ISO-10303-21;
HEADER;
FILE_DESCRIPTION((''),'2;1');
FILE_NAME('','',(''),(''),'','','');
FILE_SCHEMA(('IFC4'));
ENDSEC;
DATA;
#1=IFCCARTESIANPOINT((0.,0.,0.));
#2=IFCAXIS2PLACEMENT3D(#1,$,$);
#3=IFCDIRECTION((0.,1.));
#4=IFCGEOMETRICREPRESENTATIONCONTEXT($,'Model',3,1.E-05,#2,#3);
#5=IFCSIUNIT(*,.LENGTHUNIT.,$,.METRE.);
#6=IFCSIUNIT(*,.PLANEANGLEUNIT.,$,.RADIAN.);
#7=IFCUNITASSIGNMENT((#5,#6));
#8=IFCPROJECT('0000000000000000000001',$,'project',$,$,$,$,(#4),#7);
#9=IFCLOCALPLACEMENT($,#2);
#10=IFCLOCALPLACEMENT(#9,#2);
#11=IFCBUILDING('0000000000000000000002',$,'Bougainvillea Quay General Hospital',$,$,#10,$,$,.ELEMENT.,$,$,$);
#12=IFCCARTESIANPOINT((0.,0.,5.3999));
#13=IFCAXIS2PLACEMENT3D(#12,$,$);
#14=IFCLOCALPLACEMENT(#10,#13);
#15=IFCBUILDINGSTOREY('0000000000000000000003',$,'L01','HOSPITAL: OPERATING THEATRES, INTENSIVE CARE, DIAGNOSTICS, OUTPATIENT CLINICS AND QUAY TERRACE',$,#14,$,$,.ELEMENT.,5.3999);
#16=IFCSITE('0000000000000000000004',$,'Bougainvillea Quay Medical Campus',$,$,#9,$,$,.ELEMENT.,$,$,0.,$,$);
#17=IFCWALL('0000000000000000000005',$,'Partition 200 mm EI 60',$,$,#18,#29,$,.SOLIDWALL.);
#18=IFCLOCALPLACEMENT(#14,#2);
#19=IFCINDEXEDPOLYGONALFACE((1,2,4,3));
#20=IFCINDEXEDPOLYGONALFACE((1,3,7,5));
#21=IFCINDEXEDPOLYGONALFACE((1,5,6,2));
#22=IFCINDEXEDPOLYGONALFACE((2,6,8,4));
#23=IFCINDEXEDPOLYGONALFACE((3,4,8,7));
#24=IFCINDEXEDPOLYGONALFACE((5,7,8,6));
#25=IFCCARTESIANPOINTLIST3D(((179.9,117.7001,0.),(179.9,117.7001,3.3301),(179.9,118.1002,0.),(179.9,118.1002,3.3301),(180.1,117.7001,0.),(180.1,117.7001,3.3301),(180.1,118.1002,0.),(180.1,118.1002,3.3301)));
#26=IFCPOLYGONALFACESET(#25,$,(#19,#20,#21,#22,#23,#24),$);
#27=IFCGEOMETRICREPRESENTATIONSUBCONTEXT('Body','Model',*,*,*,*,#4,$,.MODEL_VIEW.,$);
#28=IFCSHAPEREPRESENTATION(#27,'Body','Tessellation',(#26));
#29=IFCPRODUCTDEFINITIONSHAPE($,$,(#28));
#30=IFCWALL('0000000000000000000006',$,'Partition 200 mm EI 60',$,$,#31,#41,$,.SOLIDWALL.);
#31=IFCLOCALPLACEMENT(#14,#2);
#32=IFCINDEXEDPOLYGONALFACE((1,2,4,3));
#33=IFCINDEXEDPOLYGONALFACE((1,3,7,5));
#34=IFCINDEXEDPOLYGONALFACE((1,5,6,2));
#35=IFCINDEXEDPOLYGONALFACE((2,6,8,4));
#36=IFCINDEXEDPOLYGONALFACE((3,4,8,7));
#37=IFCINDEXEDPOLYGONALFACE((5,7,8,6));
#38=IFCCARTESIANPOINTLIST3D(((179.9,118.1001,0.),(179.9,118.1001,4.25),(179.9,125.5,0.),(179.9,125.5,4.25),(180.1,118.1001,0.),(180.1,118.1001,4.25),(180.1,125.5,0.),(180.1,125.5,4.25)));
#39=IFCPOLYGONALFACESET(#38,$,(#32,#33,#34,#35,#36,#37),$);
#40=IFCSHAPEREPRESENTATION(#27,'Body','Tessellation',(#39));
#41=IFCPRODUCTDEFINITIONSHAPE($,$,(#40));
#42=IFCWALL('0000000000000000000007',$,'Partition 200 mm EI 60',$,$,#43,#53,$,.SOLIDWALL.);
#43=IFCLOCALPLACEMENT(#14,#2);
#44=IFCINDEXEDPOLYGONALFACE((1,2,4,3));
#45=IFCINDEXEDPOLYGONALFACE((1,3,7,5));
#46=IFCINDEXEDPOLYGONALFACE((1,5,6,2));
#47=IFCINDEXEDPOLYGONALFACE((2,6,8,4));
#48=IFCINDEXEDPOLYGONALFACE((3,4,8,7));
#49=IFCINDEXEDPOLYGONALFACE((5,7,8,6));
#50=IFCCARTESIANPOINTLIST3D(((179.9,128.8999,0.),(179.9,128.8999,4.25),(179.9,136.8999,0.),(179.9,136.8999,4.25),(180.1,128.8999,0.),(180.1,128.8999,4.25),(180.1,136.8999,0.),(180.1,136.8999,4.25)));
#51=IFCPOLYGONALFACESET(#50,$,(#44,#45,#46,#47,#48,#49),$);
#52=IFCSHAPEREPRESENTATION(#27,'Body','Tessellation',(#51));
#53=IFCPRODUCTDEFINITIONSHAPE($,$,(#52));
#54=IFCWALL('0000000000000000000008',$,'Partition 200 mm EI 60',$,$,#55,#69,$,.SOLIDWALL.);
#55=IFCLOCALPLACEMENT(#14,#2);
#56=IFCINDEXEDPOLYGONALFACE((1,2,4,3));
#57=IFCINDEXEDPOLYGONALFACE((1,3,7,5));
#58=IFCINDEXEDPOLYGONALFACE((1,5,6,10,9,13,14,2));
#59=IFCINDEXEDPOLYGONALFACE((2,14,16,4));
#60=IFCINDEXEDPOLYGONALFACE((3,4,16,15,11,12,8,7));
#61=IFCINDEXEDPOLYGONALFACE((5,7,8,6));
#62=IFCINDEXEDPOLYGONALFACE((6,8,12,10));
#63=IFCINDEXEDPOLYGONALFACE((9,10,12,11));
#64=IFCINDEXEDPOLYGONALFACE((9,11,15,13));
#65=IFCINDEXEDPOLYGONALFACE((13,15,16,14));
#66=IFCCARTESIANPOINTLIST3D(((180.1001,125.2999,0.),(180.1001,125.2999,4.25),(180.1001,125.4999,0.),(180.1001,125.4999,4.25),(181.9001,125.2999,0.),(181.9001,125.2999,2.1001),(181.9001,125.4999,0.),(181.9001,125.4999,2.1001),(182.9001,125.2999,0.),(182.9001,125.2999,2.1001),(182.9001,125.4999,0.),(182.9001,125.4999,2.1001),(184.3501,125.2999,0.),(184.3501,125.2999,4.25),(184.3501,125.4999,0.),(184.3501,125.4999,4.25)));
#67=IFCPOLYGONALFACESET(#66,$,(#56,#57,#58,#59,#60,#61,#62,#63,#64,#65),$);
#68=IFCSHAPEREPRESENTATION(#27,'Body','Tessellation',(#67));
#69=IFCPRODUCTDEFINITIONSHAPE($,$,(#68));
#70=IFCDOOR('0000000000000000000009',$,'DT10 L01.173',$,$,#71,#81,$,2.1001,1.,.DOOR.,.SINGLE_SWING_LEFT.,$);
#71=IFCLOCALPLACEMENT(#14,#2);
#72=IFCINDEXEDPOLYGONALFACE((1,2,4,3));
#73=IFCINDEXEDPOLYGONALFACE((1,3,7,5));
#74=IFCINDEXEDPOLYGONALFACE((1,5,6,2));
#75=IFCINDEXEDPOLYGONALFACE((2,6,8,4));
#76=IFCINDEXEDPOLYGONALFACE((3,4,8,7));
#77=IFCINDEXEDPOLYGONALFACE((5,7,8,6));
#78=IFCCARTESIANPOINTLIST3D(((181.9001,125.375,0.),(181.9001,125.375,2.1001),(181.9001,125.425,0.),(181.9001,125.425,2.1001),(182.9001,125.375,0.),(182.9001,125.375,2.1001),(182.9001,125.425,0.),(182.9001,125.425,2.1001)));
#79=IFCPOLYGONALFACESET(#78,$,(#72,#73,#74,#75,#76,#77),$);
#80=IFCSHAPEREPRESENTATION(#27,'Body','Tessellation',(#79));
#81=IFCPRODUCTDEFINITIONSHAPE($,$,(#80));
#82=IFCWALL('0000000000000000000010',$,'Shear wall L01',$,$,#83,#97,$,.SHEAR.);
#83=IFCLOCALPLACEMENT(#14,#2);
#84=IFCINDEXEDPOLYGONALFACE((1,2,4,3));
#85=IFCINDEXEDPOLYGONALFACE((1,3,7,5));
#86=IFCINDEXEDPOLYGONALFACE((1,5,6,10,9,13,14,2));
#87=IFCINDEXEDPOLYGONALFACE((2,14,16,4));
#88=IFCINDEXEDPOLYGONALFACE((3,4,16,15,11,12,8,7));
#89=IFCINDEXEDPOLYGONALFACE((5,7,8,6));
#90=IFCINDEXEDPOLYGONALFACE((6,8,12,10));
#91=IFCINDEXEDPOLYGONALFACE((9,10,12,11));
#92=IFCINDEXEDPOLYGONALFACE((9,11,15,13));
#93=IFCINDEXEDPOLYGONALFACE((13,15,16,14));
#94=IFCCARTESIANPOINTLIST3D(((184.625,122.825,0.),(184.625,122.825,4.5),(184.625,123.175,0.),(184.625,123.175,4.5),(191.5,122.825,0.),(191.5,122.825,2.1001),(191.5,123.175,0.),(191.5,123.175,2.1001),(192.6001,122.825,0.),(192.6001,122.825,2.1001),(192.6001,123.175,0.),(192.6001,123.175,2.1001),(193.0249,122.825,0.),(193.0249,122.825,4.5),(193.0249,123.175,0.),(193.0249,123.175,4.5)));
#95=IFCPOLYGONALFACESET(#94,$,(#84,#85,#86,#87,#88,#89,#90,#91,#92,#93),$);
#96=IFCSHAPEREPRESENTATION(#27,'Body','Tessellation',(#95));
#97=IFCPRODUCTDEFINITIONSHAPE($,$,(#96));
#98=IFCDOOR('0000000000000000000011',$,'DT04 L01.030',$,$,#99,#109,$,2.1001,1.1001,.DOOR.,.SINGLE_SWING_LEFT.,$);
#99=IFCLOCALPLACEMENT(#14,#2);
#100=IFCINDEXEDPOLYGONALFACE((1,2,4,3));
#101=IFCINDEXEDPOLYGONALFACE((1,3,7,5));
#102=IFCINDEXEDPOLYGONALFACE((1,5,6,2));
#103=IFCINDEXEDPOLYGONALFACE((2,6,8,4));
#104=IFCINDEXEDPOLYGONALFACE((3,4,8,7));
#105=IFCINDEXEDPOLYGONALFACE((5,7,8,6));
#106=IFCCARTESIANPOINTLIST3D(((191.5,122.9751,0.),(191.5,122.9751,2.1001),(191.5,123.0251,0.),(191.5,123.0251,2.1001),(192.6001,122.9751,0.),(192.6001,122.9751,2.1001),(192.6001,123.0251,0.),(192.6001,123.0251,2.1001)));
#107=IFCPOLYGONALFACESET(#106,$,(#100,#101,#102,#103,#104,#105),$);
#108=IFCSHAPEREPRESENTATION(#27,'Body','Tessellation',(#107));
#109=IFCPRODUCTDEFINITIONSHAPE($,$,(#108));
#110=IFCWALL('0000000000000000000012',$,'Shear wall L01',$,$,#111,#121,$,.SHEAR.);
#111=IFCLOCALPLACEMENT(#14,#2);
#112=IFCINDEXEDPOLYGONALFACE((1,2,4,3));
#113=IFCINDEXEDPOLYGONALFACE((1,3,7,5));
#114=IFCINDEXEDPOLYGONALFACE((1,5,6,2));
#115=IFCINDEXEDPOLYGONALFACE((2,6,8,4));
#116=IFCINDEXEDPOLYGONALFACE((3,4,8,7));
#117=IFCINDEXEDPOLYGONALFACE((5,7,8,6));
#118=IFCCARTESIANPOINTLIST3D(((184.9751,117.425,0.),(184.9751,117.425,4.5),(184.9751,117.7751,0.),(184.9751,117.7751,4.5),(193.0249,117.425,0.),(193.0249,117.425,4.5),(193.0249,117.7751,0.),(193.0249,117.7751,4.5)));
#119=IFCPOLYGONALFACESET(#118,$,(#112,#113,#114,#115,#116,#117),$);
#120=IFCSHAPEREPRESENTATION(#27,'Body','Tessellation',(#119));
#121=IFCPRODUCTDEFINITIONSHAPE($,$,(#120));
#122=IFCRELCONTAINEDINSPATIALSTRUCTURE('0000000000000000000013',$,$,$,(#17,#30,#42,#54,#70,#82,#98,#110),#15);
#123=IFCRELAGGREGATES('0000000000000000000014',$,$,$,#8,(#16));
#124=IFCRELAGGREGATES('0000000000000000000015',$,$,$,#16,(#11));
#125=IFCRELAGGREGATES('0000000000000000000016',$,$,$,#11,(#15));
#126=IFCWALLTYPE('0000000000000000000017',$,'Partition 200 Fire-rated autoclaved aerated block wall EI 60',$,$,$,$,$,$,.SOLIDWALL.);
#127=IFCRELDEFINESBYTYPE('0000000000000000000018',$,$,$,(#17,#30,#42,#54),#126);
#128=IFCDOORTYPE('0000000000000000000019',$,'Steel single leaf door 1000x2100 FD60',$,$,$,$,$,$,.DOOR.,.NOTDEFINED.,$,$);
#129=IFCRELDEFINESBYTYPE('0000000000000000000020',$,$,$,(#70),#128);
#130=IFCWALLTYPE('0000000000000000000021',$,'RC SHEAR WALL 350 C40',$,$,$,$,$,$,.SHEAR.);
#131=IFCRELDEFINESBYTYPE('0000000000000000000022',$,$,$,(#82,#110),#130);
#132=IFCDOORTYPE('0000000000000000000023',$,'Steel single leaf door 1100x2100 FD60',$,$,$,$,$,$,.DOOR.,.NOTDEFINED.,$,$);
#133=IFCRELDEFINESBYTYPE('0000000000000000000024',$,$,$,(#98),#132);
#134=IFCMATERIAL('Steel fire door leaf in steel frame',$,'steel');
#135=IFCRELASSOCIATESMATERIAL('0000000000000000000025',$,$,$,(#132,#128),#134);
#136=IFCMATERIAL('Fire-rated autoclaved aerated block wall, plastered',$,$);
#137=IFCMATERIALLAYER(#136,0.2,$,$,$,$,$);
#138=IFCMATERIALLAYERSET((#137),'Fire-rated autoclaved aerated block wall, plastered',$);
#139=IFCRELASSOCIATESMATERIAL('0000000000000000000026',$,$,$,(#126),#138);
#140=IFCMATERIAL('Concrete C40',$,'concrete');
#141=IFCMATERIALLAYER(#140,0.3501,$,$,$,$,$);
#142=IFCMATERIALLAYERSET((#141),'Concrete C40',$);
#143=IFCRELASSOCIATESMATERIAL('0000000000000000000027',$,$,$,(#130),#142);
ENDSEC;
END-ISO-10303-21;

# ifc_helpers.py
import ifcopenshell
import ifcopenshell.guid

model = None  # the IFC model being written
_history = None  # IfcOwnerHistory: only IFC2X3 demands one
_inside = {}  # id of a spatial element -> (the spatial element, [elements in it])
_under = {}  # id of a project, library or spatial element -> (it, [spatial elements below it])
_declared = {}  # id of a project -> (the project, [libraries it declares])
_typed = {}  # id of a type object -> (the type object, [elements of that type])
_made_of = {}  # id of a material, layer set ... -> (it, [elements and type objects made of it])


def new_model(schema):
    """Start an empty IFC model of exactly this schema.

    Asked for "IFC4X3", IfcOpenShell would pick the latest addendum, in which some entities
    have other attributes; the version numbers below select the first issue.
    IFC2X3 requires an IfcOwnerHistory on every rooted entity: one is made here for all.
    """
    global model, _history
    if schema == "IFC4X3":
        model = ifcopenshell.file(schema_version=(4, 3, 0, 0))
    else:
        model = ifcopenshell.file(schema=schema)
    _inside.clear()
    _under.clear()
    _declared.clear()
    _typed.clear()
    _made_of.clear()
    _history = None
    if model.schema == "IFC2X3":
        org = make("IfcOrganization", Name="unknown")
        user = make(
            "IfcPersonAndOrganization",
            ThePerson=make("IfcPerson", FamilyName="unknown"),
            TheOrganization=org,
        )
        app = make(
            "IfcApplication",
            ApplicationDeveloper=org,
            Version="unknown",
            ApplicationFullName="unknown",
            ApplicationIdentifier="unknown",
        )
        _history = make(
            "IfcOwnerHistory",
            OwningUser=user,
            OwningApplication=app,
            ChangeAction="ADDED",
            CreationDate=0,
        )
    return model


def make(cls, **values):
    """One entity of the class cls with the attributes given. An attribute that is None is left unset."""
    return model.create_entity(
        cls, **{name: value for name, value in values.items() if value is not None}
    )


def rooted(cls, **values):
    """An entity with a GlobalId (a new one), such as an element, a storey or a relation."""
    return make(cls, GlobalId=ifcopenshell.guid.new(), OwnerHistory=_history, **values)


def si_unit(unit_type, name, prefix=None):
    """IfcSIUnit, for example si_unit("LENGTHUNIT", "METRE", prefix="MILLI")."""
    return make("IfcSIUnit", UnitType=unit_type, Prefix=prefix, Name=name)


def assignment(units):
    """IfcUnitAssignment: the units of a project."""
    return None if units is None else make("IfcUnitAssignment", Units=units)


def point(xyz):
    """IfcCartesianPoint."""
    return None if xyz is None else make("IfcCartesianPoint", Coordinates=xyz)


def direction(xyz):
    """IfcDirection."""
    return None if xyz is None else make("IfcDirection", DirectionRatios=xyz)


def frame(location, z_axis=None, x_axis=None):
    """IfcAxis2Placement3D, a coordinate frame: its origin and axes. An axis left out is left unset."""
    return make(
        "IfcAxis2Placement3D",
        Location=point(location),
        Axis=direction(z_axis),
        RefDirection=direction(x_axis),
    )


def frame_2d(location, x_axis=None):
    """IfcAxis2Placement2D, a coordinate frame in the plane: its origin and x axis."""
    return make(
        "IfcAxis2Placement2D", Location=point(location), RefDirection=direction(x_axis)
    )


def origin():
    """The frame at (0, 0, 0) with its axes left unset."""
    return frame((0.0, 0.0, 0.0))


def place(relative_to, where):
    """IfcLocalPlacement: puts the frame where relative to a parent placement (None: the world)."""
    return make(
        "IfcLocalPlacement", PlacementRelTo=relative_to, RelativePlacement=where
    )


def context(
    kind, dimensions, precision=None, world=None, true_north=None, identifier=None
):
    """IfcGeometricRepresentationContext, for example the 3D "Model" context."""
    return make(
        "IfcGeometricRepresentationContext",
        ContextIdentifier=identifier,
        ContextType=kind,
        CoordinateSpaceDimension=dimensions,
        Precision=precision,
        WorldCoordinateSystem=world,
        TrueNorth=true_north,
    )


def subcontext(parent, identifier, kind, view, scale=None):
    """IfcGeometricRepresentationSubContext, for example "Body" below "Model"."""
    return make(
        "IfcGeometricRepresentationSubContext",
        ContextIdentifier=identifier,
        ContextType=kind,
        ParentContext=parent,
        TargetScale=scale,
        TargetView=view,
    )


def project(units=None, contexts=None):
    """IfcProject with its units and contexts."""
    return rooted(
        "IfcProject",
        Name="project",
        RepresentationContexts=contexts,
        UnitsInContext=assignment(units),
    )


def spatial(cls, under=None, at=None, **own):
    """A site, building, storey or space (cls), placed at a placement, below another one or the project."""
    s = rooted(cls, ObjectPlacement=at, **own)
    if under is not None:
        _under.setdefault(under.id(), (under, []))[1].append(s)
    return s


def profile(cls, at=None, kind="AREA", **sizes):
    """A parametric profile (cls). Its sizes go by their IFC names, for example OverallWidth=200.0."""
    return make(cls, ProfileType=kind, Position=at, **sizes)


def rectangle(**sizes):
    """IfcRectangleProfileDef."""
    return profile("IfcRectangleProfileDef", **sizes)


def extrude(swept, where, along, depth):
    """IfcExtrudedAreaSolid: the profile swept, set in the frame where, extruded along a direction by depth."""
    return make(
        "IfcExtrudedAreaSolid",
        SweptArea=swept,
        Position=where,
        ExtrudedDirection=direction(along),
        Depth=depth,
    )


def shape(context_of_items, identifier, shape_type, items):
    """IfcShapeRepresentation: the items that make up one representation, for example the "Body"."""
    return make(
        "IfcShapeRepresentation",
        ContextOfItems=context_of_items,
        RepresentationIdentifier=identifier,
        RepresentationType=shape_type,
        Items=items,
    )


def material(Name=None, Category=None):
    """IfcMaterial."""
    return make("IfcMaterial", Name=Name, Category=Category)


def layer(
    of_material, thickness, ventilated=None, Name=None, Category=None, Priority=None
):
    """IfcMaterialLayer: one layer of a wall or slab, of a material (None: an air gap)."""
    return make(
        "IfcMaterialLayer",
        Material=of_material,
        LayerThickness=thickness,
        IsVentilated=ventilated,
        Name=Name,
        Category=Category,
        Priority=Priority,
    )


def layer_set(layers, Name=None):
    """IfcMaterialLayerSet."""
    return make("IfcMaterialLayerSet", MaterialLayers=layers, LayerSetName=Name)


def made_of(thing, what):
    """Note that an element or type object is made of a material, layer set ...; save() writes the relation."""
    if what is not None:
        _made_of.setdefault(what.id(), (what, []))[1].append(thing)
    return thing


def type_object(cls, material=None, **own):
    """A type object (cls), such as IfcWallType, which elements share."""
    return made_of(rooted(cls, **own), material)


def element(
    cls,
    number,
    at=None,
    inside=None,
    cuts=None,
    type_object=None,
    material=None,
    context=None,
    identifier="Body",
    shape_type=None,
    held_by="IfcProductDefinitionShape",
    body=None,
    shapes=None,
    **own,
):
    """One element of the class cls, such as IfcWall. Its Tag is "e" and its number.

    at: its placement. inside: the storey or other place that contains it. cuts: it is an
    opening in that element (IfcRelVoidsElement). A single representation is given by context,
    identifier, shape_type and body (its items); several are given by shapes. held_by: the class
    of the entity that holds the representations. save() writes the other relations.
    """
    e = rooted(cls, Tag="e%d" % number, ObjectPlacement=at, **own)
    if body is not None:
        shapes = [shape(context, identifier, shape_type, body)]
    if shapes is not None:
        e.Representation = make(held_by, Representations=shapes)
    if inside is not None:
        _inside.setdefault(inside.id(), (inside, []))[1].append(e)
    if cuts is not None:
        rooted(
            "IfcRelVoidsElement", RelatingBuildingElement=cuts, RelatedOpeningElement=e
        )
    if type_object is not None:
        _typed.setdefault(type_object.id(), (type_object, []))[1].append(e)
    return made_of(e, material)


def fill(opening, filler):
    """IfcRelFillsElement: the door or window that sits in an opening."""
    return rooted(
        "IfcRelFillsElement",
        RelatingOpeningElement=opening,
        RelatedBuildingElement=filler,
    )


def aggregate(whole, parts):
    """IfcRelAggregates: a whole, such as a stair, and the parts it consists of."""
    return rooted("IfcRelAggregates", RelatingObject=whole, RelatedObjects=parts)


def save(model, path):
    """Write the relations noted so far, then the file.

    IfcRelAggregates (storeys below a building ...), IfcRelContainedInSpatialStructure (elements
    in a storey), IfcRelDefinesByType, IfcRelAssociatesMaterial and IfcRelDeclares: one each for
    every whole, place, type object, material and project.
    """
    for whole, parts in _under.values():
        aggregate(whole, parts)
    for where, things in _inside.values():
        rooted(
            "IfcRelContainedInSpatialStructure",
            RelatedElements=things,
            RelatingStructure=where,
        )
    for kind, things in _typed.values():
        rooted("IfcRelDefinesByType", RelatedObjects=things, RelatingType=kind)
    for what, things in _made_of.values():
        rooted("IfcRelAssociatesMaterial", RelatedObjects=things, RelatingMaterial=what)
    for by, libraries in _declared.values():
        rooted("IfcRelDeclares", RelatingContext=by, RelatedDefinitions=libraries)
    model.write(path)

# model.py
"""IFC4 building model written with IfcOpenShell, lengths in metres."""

from ifc_helpers import new_model, si_unit, direction, frame, frame_2d, origin, place, context, subcontext, project, spatial, rectangle, extrude, material, layer, layer_set, type_object, element, fill, save


model = new_model("IFC4")

# Units and contexts
model_context = context("Model", 3, precision=1e-05, world=origin(), true_north=direction((0.0, 1.0)))
body_context = subcontext(model_context, "Body", "Model", "MODEL_VIEW")
ifc_project = project(units=[si_unit("LENGTHUNIT", "METRE"), si_unit("PLANEANGLEUNIT", "RADIAN")], contexts=[model_context])

# Site, building, storey
site_placement = place(None, origin())
site = spatial("IfcSite", under=ifc_project, at=site_placement, Name="Bougainvillea Quay Medical Campus", CompositionType="ELEMENT", RefElevation=0.0)
building_placement = place(site_placement, origin())
building = spatial("IfcBuilding", under=site, at=building_placement, Name="Bougainvillea Quay General Hospital", CompositionType="ELEMENT")
storey_placement = place(building_placement, frame((0.0, 0.0, 5.3999)))
storey = spatial("IfcBuildingStorey", under=building, at=storey_placement, Name="L01", Description="HOSPITAL: OPERATING THEATRES, INTENSIVE CARE, DIAGNOSTICS, OUTPATIENT CLINICS AND QUAY TERRACE", CompositionType="ELEMENT", Elevation=5.3999)

# Shared definitions
ifc_material_1 = material(Name="Concrete C40", Category="concrete")

# Shared definitions
ifc_material_2 = material(Name="Fire-rated autoclaved aerated block wall, plastered")

# Shared definitions
ifc_material_3 = material(Name="Steel fire door leaf in steel frame", Category="steel")
door_type_1 = type_object("IfcDoorType", Name="Steel single leaf door 1100x2100 FD60", OperationType="NOTDEFINED", PredefinedType="DOOR", material=ifc_material_3)

# Walls
ifc_layer_1 = layer(ifc_material_2, 0.2)
ifc_layer_set_1 = layer_set([ifc_layer_1], Name="Fire-rated autoclaved aerated block wall, plastered")
wall_type_1 = type_object("IfcWallType", Name="Partition 200 Fire-rated autoclaved aerated block wall EI 60", PredefinedType="SOLIDWALL", material=ifc_layer_set_1)
wall_1_placement = place(storey_placement, frame((180.0, 117.7, 0.0), z_axis=(0.0, 0.0, 1.0), x_axis=(0.0, 1.0, 0.0)))
element("IfcWall", 1, at=wall_1_placement, inside=storey, type_object=wall_type_1, Name="Partition 200 mm EI 60", PredefinedType="SOLIDWALL", context=body_context, shape_type="SweptSolid", body=[
    extrude(rectangle(XDim=0.4001, YDim=0.2, at=frame_2d((0.2002, 0.0))), origin(), (0.0, 0.0, 1.0), 3.3301),
])
wall_2_placement = place(storey_placement, frame((180.0, 118.1001, 0.0), z_axis=(0.0, 0.0, 1.0), x_axis=(0.0, 1.0, 0.0)))
element("IfcWall", 2, at=wall_2_placement, inside=storey, type_object=wall_type_1, Name="Partition 200 mm EI 60", PredefinedType="SOLIDWALL", context=body_context, shape_type="SweptSolid", body=[
    extrude(rectangle(XDim=7.3999, YDim=0.2, at=frame_2d((3.7, 0.0))), origin(), (0.0, 0.0, 1.0), 4.25),
])
wall_3_placement = place(storey_placement, frame((180.0, 128.8999, 0.0), z_axis=(0.0, 0.0, 1.0), x_axis=(0.0, 1.0, 0.0)))
element("IfcWall", 3, at=wall_3_placement, inside=storey, type_object=wall_type_1, Name="Partition 200 mm EI 60", PredefinedType="SOLIDWALL", context=body_context, shape_type="SweptSolid", body=[
    extrude(rectangle(XDim=8.0, YDim=0.2, at=frame_2d((4.0, 0.0))), origin(), (0.0, 0.0, 1.0), 4.25),
])

# Walls, openings, doors
wall_4_placement = place(storey_placement, frame((180.1001, 125.3999, 0.0), z_axis=(0.0, 0.0, 1.0), x_axis=(1.0, 0.0, 0.0)))
wall_4 = element("IfcWall", 4, at=wall_4_placement, inside=storey, type_object=wall_type_1, Name="Partition 200 mm EI 60", PredefinedType="SOLIDWALL", context=body_context, shape_type="SweptSolid", body=[
    extrude(rectangle(XDim=4.25, YDim=0.2, at=frame_2d((2.125, 0.0))), origin(), (0.0, 0.0, 1.0), 4.25),
])
opening_1_placement = place(wall_4_placement, frame((1.8, 0.0, 0.0)))
opening_1 = element("IfcOpeningElement", 5, at=opening_1_placement, cuts=wall_4, PredefinedType="OPENING", context=body_context, shape_type="SweptSolid", body=[
    extrude(rectangle(XDim=1.0, YDim=2.1001, at=frame_2d((0.5, 1.05))), frame((0.0, 0.1099, 0.0), z_axis=(0.0, -1.0, 0.0), x_axis=(1.0, 0.0, 0.0)), (0.0, 0.0, 1.0), 0.22),
])
door_type_2 = type_object("IfcDoorType", Name="Steel single leaf door 1000x2100 FD60", OperationType="NOTDEFINED", PredefinedType="DOOR", material=ifc_material_3)
door_1_placement = place(opening_1_placement, frame((1.0, 0.0, 0.0), z_axis=(0.0, 0.0, 1.0), x_axis=(-1.0, 0.0, 0.0)))
door_1 = element("IfcDoor", 6, at=door_1_placement, inside=storey, type_object=door_type_2, Name="DT10 L01.173", OperationType="SINGLE_SWING_LEFT", OverallHeight=2.1001, OverallWidth=1.0, PredefinedType="DOOR", context=body_context, shape_type="SweptSolid", body=[
    extrude(rectangle(XDim=1.0, YDim=2.1001, at=frame_2d((0.5, 1.05))), frame((0.0, 0.0249, 0.0), z_axis=(0.0, -1.0, 0.0), x_axis=(1.0, 0.0, 0.0)), (0.0, 0.0, 1.0), 0.05),
])
fill(opening_1, door_1)
ifc_layer_2 = layer(ifc_material_1, 0.3501)
ifc_layer_set_2 = layer_set([ifc_layer_2], Name="Concrete C40")
wall_type_2 = type_object("IfcWallType", Name="RC SHEAR WALL 350 C40", PredefinedType="SHEAR", material=ifc_layer_set_2)
wall_5_placement = place(storey_placement, frame((184.625, 123.0, 0.0), z_axis=(0.0, 0.0, 1.0), x_axis=(1.0, 0.0, 0.0)))
wall_5 = element("IfcWall", 7, at=wall_5_placement, inside=storey, type_object=wall_type_2, Name="Shear wall L01", PredefinedType="SHEAR", context=body_context, shape_type="SweptSolid", body=[
    extrude(rectangle(XDim=8.3999, YDim=0.3501, at=frame_2d((4.2, 0.0))), origin(), (0.0, 0.0, 1.0), 4.5),
])
opening_2_placement = place(wall_5_placement, frame((6.875, 0.0, 0.0)))
opening_2 = element("IfcOpeningElement", 8, at=opening_2_placement, cuts=wall_5, PredefinedType="OPENING", context=body_context, shape_type="SweptSolid", body=[
    extrude(rectangle(XDim=1.1001, YDim=2.1001, at=frame_2d((0.55, 1.05))), frame((0.0, 0.1851, 0.0), z_axis=(0.0, -1.0, 0.0), x_axis=(1.0, 0.0, 0.0)), (0.0, 0.0, 1.0), 0.3701),
])
door_2_placement = place(opening_2_placement, frame((1.1001, 0.0, 0.0), z_axis=(0.0, 0.0, 1.0), x_axis=(-1.0, 0.0, 0.0)))
door_2 = element("IfcDoor", 9, at=door_2_placement, inside=storey, type_object=door_type_1, Name="DT04 L01.030", OperationType="SINGLE_SWING_LEFT", OverallHeight=2.1001, OverallWidth=1.1001, PredefinedType="DOOR", context=body_context, shape_type="SweptSolid", body=[
    extrude(rectangle(XDim=1.1001, YDim=2.1001, at=frame_2d((0.55, 1.05))), frame((0.0, 0.0249, 0.0), z_axis=(0.0, -1.0, 0.0), x_axis=(1.0, 0.0, 0.0)), (0.0, 0.0, 1.0), 0.05),
])
fill(opening_2, door_2)

# Wall
wall_6_placement = place(storey_placement, frame((184.9751, 117.6001, 0.0), z_axis=(0.0, 0.0, 1.0), x_axis=(1.0, 0.0, 0.0)))
element("IfcWall", 10, at=wall_6_placement, inside=storey, type_object=wall_type_2, Name="Shear wall L01", PredefinedType="SHEAR", context=body_context, shape_type="SweptSolid", body=[
    extrude(rectangle(XDim=8.0498, YDim=0.3501, at=frame_2d((4.0249, 0.0))), origin(), (0.0, 0.0, 1.0), 4.5),
])

save(model, "model.ifc")
